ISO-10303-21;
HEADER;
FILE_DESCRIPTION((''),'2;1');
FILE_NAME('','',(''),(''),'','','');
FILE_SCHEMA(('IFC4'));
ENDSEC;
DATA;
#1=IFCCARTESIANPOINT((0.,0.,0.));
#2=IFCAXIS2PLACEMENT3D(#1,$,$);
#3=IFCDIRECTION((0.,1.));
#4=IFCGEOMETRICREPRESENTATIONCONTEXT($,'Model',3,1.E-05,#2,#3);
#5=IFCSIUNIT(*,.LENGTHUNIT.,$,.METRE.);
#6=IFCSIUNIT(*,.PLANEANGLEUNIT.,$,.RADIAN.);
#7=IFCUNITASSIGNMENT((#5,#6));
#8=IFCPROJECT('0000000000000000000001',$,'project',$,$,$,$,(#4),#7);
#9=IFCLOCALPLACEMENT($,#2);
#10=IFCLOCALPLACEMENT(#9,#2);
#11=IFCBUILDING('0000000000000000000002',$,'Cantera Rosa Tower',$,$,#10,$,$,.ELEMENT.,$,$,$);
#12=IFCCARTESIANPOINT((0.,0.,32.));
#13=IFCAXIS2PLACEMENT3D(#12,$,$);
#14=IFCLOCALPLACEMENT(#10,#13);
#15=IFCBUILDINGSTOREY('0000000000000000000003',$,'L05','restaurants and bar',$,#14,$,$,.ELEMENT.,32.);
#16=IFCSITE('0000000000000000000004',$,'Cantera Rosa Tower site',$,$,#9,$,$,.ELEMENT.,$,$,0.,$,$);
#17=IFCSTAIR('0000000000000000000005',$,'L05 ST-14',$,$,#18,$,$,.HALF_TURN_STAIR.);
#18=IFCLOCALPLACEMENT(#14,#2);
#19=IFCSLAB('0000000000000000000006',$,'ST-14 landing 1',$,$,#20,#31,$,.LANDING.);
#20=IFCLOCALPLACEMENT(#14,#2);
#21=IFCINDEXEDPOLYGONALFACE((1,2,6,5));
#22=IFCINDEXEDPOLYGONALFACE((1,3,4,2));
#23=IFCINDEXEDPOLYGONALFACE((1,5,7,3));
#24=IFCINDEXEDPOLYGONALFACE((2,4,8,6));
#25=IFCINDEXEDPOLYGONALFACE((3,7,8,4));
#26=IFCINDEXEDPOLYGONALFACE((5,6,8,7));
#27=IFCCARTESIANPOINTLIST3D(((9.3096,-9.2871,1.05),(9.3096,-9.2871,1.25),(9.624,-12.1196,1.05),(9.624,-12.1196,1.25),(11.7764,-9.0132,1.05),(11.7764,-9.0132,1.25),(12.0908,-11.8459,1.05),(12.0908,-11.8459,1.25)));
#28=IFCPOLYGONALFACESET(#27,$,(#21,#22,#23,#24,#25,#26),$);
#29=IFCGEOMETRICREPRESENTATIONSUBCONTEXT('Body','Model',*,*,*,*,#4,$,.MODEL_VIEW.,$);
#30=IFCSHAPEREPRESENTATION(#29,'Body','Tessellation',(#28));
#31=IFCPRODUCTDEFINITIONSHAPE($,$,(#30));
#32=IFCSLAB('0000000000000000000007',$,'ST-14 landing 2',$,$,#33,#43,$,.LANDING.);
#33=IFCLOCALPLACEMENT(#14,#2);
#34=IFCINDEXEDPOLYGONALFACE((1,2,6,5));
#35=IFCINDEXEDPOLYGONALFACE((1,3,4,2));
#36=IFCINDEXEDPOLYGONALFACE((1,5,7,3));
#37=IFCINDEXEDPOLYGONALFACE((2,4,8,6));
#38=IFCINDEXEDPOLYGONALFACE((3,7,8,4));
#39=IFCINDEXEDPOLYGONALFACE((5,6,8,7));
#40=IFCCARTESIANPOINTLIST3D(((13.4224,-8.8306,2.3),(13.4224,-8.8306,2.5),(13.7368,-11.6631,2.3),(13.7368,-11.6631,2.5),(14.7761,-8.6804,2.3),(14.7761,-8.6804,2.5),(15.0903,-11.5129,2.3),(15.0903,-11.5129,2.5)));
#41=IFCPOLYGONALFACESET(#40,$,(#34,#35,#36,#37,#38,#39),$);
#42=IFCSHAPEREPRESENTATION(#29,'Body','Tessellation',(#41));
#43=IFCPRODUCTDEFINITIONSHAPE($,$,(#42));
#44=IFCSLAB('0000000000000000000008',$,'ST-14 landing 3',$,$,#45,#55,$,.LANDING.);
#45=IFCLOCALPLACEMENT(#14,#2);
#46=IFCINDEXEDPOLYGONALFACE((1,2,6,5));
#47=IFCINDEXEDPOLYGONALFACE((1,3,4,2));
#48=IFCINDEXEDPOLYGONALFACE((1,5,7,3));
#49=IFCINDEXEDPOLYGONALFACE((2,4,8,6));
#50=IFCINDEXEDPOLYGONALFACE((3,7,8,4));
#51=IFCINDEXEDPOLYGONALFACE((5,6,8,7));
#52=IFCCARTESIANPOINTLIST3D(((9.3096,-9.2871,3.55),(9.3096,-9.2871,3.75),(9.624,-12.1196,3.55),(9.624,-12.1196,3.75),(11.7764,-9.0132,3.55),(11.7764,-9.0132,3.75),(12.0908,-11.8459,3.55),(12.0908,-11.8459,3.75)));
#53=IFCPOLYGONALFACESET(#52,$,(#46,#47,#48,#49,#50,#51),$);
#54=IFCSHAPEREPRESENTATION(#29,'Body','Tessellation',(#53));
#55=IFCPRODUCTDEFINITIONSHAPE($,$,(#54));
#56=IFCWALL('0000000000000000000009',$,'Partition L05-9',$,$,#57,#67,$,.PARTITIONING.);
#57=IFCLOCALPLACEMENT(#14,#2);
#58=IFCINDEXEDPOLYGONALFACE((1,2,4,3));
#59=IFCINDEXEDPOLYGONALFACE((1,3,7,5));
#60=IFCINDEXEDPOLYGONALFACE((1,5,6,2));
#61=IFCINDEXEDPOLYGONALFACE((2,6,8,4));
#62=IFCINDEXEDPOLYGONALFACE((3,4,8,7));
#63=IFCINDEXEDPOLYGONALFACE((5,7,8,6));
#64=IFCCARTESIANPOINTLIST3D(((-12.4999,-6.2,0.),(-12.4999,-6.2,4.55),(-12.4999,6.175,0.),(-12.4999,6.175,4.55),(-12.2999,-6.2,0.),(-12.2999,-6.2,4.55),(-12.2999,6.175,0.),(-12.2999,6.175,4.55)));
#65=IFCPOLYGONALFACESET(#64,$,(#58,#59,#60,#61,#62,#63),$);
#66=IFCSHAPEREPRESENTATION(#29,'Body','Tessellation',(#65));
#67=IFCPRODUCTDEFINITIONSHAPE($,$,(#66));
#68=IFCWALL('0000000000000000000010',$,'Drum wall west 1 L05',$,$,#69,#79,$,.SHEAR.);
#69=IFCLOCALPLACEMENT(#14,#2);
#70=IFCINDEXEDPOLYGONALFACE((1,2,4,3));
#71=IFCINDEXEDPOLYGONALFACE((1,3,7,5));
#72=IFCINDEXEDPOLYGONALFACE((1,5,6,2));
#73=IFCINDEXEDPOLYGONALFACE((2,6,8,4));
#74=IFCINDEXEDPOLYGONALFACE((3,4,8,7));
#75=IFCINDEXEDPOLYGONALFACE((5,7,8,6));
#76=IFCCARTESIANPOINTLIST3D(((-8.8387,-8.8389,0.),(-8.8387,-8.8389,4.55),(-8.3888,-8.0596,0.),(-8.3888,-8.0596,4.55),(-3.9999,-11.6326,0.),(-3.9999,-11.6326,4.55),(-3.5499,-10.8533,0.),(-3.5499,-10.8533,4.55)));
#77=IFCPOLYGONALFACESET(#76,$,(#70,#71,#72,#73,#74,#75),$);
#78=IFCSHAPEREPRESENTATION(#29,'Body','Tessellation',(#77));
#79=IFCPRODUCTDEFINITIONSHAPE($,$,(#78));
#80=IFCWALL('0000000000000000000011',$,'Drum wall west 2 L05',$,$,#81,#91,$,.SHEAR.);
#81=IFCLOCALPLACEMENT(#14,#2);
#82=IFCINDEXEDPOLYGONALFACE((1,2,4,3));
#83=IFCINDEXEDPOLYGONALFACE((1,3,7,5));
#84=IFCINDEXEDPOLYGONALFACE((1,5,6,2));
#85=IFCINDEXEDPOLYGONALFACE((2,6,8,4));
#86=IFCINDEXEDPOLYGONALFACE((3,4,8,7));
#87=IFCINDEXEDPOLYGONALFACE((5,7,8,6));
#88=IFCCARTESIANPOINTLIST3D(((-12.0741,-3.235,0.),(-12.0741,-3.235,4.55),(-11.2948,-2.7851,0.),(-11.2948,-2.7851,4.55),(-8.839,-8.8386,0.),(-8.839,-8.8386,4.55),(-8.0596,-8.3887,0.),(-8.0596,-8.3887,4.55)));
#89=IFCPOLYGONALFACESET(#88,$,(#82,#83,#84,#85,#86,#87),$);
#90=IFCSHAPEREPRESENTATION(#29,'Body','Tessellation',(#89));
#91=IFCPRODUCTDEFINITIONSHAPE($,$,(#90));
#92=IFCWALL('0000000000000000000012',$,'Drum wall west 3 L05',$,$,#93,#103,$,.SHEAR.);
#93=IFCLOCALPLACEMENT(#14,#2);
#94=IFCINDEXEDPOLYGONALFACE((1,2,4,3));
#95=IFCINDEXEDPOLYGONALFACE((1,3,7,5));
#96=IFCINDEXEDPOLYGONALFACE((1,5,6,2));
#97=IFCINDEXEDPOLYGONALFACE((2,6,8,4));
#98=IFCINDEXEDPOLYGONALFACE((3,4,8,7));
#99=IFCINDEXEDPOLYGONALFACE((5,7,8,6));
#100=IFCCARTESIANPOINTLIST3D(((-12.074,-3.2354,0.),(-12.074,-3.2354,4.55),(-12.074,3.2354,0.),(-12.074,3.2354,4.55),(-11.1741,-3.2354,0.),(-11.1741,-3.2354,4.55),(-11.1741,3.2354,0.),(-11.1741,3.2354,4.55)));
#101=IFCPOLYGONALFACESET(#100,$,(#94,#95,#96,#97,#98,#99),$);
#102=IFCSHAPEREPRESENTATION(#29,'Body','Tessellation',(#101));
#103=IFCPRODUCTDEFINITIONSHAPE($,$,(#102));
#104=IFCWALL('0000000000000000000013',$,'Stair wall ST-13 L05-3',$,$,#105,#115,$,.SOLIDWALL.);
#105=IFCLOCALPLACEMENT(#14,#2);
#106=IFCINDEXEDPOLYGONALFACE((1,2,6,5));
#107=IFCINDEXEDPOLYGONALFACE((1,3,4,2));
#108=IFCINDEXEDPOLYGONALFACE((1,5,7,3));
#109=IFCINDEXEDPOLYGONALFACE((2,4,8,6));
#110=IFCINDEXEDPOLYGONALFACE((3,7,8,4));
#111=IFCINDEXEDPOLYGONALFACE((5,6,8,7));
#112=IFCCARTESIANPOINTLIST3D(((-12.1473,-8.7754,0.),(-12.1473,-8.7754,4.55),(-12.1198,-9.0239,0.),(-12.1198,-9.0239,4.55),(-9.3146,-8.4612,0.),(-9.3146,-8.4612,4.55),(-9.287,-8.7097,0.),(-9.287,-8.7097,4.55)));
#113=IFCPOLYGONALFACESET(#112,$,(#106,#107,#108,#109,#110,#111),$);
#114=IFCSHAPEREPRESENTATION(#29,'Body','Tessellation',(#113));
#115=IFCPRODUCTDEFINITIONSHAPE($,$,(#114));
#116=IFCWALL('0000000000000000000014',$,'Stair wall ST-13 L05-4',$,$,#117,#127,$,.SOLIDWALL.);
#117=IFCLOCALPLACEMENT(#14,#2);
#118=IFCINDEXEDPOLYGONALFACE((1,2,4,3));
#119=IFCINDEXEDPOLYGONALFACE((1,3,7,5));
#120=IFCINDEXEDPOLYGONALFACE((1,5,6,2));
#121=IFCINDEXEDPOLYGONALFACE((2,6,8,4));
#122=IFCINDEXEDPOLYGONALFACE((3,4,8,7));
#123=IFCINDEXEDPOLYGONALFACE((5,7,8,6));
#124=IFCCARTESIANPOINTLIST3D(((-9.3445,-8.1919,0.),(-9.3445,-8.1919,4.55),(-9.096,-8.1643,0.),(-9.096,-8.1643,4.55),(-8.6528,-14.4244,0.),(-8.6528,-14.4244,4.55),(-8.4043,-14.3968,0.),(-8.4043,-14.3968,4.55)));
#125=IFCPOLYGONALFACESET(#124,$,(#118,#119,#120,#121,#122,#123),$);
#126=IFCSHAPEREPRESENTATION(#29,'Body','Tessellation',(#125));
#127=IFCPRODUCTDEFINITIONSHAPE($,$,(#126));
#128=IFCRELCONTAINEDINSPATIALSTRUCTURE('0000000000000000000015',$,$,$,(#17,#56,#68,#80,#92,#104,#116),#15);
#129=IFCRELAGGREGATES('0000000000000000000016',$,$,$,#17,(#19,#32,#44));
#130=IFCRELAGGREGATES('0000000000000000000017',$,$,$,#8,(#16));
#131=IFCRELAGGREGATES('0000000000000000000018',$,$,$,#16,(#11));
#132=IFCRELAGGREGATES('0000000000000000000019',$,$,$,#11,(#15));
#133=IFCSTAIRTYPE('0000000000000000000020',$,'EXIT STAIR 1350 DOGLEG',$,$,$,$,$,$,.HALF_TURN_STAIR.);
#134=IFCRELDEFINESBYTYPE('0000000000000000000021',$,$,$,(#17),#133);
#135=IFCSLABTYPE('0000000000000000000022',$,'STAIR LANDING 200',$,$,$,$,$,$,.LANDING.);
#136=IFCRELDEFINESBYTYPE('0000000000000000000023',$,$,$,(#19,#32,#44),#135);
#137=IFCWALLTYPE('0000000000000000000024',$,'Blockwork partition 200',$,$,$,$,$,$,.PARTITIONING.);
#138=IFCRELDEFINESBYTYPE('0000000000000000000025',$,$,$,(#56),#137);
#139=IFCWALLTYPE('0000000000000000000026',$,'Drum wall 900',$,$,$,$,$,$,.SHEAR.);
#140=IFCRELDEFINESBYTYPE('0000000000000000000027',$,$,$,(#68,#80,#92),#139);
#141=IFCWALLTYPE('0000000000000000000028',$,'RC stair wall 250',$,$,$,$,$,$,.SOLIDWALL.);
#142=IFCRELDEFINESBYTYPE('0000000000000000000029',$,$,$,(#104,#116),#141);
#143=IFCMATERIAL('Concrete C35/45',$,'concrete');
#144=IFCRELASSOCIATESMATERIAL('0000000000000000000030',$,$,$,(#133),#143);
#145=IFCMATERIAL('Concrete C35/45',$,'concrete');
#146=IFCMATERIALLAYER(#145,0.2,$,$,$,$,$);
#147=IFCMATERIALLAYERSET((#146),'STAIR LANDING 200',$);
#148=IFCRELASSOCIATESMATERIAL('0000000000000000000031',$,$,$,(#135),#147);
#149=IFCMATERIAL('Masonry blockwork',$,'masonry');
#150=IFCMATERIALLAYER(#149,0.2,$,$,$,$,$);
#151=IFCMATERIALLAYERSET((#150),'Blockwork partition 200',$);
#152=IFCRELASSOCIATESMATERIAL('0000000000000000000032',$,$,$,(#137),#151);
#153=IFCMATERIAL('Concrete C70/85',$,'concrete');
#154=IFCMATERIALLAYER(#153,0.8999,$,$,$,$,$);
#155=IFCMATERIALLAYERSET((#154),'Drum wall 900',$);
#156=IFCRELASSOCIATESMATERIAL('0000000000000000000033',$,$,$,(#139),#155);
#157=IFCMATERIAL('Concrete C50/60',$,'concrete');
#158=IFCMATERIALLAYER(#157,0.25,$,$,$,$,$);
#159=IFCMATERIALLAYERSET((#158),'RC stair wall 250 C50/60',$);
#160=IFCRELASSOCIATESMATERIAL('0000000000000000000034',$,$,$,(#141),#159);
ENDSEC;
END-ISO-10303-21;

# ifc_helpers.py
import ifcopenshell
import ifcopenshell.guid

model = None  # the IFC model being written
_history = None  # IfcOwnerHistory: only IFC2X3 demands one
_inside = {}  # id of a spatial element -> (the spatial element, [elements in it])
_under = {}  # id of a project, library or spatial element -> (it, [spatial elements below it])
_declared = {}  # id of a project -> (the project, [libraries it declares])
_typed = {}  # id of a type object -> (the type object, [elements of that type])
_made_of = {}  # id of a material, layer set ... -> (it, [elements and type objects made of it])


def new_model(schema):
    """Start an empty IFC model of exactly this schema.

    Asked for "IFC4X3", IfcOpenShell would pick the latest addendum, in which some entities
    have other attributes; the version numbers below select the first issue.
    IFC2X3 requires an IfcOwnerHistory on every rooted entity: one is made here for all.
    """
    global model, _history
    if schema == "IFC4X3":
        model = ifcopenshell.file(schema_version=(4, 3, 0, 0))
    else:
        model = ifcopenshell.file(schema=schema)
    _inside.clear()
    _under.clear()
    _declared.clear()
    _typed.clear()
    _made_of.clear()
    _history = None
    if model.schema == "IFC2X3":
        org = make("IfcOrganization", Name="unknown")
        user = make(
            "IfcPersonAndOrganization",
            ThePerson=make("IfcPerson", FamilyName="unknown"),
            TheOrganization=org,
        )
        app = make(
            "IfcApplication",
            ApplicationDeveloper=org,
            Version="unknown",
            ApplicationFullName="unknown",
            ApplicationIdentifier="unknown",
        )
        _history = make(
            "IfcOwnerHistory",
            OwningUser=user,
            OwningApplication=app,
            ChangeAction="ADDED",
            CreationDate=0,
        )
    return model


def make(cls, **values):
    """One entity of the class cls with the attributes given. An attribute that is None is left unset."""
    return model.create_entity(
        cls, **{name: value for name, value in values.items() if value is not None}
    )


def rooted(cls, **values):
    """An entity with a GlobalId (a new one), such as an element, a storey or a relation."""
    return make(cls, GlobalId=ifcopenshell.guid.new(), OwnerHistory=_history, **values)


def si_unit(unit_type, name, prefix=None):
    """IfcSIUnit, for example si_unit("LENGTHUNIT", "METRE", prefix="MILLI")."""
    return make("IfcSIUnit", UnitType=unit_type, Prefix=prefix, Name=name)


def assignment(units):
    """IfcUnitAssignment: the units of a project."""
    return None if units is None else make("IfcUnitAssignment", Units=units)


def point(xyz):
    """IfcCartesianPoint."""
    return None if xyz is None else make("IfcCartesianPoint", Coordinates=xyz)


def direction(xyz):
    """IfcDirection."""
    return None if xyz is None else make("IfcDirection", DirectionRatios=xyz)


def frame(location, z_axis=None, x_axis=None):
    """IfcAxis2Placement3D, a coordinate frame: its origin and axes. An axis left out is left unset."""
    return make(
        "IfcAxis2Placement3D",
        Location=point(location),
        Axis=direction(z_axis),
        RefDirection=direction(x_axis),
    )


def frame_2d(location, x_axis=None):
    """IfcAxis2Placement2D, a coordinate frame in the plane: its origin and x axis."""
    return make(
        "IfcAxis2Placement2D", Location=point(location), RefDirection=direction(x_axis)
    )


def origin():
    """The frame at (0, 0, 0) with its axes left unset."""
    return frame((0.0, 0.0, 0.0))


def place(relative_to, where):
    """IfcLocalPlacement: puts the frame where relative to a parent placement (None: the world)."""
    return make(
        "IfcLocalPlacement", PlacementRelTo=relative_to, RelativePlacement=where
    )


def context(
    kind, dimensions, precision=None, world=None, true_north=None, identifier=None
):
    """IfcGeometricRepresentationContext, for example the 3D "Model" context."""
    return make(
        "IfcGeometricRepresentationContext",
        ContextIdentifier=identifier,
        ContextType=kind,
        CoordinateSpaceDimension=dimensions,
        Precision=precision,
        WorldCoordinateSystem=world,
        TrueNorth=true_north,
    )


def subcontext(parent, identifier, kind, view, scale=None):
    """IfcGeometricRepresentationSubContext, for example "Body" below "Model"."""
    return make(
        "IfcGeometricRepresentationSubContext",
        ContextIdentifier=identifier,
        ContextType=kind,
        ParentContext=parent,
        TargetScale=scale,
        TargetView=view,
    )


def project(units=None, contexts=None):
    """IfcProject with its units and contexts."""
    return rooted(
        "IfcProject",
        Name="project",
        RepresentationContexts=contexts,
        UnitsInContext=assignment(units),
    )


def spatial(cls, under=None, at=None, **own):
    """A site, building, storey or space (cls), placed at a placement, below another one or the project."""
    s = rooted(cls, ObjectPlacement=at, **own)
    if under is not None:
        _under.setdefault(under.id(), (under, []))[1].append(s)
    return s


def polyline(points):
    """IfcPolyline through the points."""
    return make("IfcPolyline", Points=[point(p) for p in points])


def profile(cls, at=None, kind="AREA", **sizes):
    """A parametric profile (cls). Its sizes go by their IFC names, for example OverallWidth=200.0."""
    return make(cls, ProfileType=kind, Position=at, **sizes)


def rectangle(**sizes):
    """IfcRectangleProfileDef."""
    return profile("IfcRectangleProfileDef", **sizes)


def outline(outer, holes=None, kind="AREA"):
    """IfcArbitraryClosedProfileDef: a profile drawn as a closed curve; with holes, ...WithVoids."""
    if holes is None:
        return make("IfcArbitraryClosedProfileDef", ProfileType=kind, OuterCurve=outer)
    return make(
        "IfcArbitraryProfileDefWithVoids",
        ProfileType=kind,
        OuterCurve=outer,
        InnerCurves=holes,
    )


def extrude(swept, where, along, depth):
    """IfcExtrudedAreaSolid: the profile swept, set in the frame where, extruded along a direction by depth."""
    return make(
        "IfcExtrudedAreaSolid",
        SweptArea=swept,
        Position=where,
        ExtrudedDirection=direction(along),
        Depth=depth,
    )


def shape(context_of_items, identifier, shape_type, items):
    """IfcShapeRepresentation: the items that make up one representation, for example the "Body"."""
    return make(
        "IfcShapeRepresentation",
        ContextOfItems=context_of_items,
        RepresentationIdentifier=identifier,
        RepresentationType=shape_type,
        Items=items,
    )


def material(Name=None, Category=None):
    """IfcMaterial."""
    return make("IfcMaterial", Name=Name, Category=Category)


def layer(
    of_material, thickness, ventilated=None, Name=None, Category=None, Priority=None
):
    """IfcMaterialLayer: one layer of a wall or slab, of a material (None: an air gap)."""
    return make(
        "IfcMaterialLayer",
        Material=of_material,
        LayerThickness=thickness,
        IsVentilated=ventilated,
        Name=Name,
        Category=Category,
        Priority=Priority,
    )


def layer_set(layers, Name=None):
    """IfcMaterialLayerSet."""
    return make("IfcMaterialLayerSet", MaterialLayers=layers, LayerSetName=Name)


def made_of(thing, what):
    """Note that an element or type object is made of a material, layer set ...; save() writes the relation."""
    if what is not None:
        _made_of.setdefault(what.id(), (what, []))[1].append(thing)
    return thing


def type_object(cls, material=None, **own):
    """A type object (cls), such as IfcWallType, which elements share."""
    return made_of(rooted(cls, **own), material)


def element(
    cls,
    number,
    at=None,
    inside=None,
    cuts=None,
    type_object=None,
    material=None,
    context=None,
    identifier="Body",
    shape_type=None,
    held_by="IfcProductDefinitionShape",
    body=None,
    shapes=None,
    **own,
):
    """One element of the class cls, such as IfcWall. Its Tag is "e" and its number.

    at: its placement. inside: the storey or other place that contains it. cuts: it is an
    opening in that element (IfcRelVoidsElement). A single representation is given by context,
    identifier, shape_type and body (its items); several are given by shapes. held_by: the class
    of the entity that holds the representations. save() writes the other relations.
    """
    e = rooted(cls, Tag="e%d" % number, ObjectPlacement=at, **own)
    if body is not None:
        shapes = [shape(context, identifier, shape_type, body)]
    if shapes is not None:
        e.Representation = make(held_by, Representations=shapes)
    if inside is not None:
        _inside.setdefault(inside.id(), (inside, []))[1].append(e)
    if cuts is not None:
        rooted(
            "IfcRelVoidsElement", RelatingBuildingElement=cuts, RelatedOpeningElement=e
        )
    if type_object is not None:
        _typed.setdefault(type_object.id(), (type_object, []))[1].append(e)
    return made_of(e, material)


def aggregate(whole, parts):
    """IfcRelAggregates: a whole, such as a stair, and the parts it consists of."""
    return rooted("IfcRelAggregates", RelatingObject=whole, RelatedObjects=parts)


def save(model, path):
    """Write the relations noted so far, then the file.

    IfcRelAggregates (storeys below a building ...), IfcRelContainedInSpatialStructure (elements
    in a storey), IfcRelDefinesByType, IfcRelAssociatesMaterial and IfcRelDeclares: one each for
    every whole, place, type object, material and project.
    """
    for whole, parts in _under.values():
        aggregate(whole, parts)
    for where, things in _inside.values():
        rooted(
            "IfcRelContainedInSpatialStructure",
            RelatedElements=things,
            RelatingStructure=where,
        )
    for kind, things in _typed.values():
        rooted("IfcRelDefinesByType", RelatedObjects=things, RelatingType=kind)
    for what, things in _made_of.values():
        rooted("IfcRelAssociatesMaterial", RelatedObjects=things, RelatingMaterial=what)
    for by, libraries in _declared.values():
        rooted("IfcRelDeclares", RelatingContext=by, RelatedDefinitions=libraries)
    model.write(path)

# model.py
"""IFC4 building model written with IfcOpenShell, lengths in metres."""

from ifc_helpers import new_model, si_unit, direction, frame, frame_2d, origin, place, context, subcontext, project, spatial, polyline, rectangle, outline, extrude, material, layer, layer_set, type_object, element, aggregate, save


model = new_model("IFC4")

# Units and contexts
model_context = context("Model", 3, precision=1e-05, world=origin(), true_north=direction((0.0, 1.0)))
body_context = subcontext(model_context, "Body", "Model", "MODEL_VIEW")
ifc_project = project(units=[si_unit("LENGTHUNIT", "METRE"), si_unit("PLANEANGLEUNIT", "RADIAN")], contexts=[model_context])

# Site, building, storey
site_placement = place(None, origin())
site = spatial("IfcSite", under=ifc_project, at=site_placement, Name="Cantera Rosa Tower site", CompositionType="ELEMENT", RefElevation=0.0)
building_placement = place(site_placement, origin())
building = spatial("IfcBuilding", under=site, at=building_placement, Name="Cantera Rosa Tower", CompositionType="ELEMENT")
storey_placement = place(building_placement, frame((0.0, 0.0, 32.0)))
storey = spatial("IfcBuildingStorey", under=building, at=storey_placement, Name="L05", Description="restaurants and bar", CompositionType="ELEMENT", Elevation=32.0)

# Stair, slabs
ifc_material_1 = material(Name="Concrete C35/45", Category="concrete")
stair_type = type_object("IfcStairType", Name="EXIT STAIR 1350 DOGLEG", PredefinedType="HALF_TURN_STAIR", material=ifc_material_1)
ifc_material_2 = material(Name="Concrete C35/45", Category="concrete")
ifc_layer_1 = layer(ifc_material_2, 0.2)
ifc_layer_set_1 = layer_set([ifc_layer_1], Name="STAIR LANDING 200")
slab_type_1 = type_object("IfcSlabType", Name="STAIR LANDING 200", PredefinedType="LANDING", material=ifc_layer_set_1)
stair_1_placement = place(storey_placement, origin())
stair_1 = element("IfcStair", 1, at=stair_1_placement, inside=storey, type_object=stair_type, Name="L05 ST-14", PredefinedType="HALF_TURN_STAIR")
slab_1_placement = place(storey_placement, frame((0.0, 0.0, 1.05)))
slab_1 = element("IfcSlab", 2, at=slab_1_placement, type_object=slab_type_1, Name="ST-14 landing 1", PredefinedType="LANDING", context=body_context, shape_type="SweptSolid", body=[
    extrude(outline(polyline([(11.7764, -9.0132), (9.3096, -9.2871), (9.624, -12.1196), (12.0908, -11.8459), (11.7764, -9.0132)])), origin(), (0.0, 0.0, 1.0), 0.2),
])
slab_2_placement = place(storey_placement, frame((0.0, 0.0, 2.3)))
slab_2 = element("IfcSlab", 3, at=slab_2_placement, type_object=slab_type_1, Name="ST-14 landing 2", PredefinedType="LANDING", context=body_context, shape_type="SweptSolid", body=[
    extrude(outline(polyline([(14.7761, -8.6804), (13.4224, -8.8306), (13.7368, -11.6631), (15.0903, -11.5129), (14.7761, -8.6804)])), origin(), (0.0, 0.0, 1.0), 0.2),
])
slab_3_placement = place(storey_placement, frame((0.0, 0.0, 3.55)))
slab_3 = element("IfcSlab", 4, at=slab_3_placement, type_object=slab_type_1, Name="ST-14 landing 3", PredefinedType="LANDING", context=body_context, shape_type="SweptSolid", body=[
    extrude(outline(polyline([(11.7764, -9.0132), (9.3096, -9.2871), (9.624, -12.1196), (12.0908, -11.8459), (11.7764, -9.0132)])), origin(), (0.0, 0.0, 1.0), 0.2),
])
aggregate(stair_1, [slab_1, slab_2, slab_3])

# Walls
ifc_material_3 = material(Name="Masonry blockwork", Category="masonry")
ifc_layer_2 = layer(ifc_material_3, 0.2)
ifc_layer_set_2 = layer_set([ifc_layer_2], Name="Blockwork partition 200")
wall_type_1 = type_object("IfcWallType", Name="Blockwork partition 200", PredefinedType="PARTITIONING", material=ifc_layer_set_2)
wall_1_placement = place(storey_placement, frame((-12.3999, -6.2, 0.0), z_axis=(0.0, 0.0, 1.0), x_axis=(0.0, 1.0, 0.0)))
element("IfcWall", 5, at=wall_1_placement, inside=storey, type_object=wall_type_1, Name="Partition L05-9", PredefinedType="PARTITIONING", context=body_context, shape_type="SweptSolid", body=[
    extrude(rectangle(XDim=12.375, YDim=0.2, at=frame_2d((6.1875, 0.0))), origin(), (0.0, 0.0, 1.0), 4.55),
])
ifc_material_4 = material(Name="Concrete C70/85", Category="concrete")
ifc_layer_3 = layer(ifc_material_4, 0.8999)
ifc_layer_set_3 = layer_set([ifc_layer_3], Name="Drum wall 900")
wall_type_2 = type_object("IfcWallType", Name="Drum wall 900", PredefinedType="SHEAR", material=ifc_layer_set_3)
wall_2_placement = place(storey_placement, frame((-3.7749, -11.2429, 0.0), z_axis=(0.0, 0.0, 1.0), x_axis=(-0.866027, 0.499997, 0.0)))
element("IfcWall", 6, at=wall_2_placement, inside=storey, type_object=wall_type_2, Name="Drum wall west 1 L05", PredefinedType="SHEAR", context=body_context, shape_type="SweptSolid", body=[
    extrude(rectangle(XDim=5.5874, YDim=0.8999, at=frame_2d((2.7937, 0.0))), origin(), (0.0, 0.0, 1.0), 4.55),
])
wall_3_placement = place(storey_placement, frame((-8.4492, -8.6138, 0.0), z_axis=(0.0, 0.0, 1.0), x_axis=(-0.49999, 0.866031, 0.0)))
element("IfcWall", 7, at=wall_3_placement, inside=storey, type_object=wall_type_2, Name="Drum wall west 2 L05", PredefinedType="SHEAR", context=body_context, shape_type="SweptSolid", body=[
    extrude(rectangle(XDim=6.4705, YDim=0.8999, at=frame_2d((3.2354, 0.0))), origin(), (0.0, 0.0, 1.0), 4.55),
])
wall_4_placement = place(storey_placement, frame((-11.624, -3.2354, 0.0), z_axis=(0.0, 0.0, 1.0), x_axis=(0.0, 1.0, 0.0)))
element("IfcWall", 8, at=wall_4_placement, inside=storey, type_object=wall_type_2, Name="Drum wall west 3 L05", PredefinedType="SHEAR", context=body_context, shape_type="SweptSolid", body=[
    extrude(rectangle(XDim=6.4707, YDim=0.8999, at=frame_2d((3.2354, 0.0))), origin(), (0.0, 0.0, 1.0), 4.55),
])
ifc_material_5 = material(Name="Concrete C50/60", Category="concrete")
ifc_layer_4 = layer(ifc_material_5, 0.25)
ifc_layer_set_4 = layer_set([ifc_layer_4], Name="RC stair wall 250 C50/60")
wall_type_3 = type_object("IfcWallType", Name="RC stair wall 250", PredefinedType="SOLIDWALL", material=ifc_layer_set_4)
wall_5_placement = place(storey_placement, frame((-12.1335, -8.8997, 0.0), z_axis=(0.0, 0.0, 1.0), x_axis=(0.993905, 0.110243, 0.0)))
element("IfcWall", 9, at=wall_5_placement, inside=storey, type_object=wall_type_3, Name="Stair wall ST-13 L05-3", PredefinedType="SOLIDWALL", context=body_context, shape_type="SweptSolid", body=[
    extrude(rectangle(XDim=2.8501, YDim=0.25, at=frame_2d((1.425, 0.0))), origin(), (0.0, 0.0, 1.0), 4.55),
])
wall_6_placement = place(storey_placement, frame((-9.2202, -8.1782, 0.0), z_axis=(0.0, 0.0, 1.0), x_axis=(0.110299, -0.993898, 0.0)))
element("IfcWall", 10, at=wall_6_placement, inside=storey, type_object=wall_type_3, Name="Stair wall ST-13 L05-4", PredefinedType="SOLIDWALL", context=body_context, shape_type="SweptSolid", body=[
    extrude(rectangle(XDim=6.2708, YDim=0.25, at=frame_2d((3.1353, 0.0))), origin(), (0.0, 0.0, 1.0), 4.55),
])

save(model, "model.ifc")
